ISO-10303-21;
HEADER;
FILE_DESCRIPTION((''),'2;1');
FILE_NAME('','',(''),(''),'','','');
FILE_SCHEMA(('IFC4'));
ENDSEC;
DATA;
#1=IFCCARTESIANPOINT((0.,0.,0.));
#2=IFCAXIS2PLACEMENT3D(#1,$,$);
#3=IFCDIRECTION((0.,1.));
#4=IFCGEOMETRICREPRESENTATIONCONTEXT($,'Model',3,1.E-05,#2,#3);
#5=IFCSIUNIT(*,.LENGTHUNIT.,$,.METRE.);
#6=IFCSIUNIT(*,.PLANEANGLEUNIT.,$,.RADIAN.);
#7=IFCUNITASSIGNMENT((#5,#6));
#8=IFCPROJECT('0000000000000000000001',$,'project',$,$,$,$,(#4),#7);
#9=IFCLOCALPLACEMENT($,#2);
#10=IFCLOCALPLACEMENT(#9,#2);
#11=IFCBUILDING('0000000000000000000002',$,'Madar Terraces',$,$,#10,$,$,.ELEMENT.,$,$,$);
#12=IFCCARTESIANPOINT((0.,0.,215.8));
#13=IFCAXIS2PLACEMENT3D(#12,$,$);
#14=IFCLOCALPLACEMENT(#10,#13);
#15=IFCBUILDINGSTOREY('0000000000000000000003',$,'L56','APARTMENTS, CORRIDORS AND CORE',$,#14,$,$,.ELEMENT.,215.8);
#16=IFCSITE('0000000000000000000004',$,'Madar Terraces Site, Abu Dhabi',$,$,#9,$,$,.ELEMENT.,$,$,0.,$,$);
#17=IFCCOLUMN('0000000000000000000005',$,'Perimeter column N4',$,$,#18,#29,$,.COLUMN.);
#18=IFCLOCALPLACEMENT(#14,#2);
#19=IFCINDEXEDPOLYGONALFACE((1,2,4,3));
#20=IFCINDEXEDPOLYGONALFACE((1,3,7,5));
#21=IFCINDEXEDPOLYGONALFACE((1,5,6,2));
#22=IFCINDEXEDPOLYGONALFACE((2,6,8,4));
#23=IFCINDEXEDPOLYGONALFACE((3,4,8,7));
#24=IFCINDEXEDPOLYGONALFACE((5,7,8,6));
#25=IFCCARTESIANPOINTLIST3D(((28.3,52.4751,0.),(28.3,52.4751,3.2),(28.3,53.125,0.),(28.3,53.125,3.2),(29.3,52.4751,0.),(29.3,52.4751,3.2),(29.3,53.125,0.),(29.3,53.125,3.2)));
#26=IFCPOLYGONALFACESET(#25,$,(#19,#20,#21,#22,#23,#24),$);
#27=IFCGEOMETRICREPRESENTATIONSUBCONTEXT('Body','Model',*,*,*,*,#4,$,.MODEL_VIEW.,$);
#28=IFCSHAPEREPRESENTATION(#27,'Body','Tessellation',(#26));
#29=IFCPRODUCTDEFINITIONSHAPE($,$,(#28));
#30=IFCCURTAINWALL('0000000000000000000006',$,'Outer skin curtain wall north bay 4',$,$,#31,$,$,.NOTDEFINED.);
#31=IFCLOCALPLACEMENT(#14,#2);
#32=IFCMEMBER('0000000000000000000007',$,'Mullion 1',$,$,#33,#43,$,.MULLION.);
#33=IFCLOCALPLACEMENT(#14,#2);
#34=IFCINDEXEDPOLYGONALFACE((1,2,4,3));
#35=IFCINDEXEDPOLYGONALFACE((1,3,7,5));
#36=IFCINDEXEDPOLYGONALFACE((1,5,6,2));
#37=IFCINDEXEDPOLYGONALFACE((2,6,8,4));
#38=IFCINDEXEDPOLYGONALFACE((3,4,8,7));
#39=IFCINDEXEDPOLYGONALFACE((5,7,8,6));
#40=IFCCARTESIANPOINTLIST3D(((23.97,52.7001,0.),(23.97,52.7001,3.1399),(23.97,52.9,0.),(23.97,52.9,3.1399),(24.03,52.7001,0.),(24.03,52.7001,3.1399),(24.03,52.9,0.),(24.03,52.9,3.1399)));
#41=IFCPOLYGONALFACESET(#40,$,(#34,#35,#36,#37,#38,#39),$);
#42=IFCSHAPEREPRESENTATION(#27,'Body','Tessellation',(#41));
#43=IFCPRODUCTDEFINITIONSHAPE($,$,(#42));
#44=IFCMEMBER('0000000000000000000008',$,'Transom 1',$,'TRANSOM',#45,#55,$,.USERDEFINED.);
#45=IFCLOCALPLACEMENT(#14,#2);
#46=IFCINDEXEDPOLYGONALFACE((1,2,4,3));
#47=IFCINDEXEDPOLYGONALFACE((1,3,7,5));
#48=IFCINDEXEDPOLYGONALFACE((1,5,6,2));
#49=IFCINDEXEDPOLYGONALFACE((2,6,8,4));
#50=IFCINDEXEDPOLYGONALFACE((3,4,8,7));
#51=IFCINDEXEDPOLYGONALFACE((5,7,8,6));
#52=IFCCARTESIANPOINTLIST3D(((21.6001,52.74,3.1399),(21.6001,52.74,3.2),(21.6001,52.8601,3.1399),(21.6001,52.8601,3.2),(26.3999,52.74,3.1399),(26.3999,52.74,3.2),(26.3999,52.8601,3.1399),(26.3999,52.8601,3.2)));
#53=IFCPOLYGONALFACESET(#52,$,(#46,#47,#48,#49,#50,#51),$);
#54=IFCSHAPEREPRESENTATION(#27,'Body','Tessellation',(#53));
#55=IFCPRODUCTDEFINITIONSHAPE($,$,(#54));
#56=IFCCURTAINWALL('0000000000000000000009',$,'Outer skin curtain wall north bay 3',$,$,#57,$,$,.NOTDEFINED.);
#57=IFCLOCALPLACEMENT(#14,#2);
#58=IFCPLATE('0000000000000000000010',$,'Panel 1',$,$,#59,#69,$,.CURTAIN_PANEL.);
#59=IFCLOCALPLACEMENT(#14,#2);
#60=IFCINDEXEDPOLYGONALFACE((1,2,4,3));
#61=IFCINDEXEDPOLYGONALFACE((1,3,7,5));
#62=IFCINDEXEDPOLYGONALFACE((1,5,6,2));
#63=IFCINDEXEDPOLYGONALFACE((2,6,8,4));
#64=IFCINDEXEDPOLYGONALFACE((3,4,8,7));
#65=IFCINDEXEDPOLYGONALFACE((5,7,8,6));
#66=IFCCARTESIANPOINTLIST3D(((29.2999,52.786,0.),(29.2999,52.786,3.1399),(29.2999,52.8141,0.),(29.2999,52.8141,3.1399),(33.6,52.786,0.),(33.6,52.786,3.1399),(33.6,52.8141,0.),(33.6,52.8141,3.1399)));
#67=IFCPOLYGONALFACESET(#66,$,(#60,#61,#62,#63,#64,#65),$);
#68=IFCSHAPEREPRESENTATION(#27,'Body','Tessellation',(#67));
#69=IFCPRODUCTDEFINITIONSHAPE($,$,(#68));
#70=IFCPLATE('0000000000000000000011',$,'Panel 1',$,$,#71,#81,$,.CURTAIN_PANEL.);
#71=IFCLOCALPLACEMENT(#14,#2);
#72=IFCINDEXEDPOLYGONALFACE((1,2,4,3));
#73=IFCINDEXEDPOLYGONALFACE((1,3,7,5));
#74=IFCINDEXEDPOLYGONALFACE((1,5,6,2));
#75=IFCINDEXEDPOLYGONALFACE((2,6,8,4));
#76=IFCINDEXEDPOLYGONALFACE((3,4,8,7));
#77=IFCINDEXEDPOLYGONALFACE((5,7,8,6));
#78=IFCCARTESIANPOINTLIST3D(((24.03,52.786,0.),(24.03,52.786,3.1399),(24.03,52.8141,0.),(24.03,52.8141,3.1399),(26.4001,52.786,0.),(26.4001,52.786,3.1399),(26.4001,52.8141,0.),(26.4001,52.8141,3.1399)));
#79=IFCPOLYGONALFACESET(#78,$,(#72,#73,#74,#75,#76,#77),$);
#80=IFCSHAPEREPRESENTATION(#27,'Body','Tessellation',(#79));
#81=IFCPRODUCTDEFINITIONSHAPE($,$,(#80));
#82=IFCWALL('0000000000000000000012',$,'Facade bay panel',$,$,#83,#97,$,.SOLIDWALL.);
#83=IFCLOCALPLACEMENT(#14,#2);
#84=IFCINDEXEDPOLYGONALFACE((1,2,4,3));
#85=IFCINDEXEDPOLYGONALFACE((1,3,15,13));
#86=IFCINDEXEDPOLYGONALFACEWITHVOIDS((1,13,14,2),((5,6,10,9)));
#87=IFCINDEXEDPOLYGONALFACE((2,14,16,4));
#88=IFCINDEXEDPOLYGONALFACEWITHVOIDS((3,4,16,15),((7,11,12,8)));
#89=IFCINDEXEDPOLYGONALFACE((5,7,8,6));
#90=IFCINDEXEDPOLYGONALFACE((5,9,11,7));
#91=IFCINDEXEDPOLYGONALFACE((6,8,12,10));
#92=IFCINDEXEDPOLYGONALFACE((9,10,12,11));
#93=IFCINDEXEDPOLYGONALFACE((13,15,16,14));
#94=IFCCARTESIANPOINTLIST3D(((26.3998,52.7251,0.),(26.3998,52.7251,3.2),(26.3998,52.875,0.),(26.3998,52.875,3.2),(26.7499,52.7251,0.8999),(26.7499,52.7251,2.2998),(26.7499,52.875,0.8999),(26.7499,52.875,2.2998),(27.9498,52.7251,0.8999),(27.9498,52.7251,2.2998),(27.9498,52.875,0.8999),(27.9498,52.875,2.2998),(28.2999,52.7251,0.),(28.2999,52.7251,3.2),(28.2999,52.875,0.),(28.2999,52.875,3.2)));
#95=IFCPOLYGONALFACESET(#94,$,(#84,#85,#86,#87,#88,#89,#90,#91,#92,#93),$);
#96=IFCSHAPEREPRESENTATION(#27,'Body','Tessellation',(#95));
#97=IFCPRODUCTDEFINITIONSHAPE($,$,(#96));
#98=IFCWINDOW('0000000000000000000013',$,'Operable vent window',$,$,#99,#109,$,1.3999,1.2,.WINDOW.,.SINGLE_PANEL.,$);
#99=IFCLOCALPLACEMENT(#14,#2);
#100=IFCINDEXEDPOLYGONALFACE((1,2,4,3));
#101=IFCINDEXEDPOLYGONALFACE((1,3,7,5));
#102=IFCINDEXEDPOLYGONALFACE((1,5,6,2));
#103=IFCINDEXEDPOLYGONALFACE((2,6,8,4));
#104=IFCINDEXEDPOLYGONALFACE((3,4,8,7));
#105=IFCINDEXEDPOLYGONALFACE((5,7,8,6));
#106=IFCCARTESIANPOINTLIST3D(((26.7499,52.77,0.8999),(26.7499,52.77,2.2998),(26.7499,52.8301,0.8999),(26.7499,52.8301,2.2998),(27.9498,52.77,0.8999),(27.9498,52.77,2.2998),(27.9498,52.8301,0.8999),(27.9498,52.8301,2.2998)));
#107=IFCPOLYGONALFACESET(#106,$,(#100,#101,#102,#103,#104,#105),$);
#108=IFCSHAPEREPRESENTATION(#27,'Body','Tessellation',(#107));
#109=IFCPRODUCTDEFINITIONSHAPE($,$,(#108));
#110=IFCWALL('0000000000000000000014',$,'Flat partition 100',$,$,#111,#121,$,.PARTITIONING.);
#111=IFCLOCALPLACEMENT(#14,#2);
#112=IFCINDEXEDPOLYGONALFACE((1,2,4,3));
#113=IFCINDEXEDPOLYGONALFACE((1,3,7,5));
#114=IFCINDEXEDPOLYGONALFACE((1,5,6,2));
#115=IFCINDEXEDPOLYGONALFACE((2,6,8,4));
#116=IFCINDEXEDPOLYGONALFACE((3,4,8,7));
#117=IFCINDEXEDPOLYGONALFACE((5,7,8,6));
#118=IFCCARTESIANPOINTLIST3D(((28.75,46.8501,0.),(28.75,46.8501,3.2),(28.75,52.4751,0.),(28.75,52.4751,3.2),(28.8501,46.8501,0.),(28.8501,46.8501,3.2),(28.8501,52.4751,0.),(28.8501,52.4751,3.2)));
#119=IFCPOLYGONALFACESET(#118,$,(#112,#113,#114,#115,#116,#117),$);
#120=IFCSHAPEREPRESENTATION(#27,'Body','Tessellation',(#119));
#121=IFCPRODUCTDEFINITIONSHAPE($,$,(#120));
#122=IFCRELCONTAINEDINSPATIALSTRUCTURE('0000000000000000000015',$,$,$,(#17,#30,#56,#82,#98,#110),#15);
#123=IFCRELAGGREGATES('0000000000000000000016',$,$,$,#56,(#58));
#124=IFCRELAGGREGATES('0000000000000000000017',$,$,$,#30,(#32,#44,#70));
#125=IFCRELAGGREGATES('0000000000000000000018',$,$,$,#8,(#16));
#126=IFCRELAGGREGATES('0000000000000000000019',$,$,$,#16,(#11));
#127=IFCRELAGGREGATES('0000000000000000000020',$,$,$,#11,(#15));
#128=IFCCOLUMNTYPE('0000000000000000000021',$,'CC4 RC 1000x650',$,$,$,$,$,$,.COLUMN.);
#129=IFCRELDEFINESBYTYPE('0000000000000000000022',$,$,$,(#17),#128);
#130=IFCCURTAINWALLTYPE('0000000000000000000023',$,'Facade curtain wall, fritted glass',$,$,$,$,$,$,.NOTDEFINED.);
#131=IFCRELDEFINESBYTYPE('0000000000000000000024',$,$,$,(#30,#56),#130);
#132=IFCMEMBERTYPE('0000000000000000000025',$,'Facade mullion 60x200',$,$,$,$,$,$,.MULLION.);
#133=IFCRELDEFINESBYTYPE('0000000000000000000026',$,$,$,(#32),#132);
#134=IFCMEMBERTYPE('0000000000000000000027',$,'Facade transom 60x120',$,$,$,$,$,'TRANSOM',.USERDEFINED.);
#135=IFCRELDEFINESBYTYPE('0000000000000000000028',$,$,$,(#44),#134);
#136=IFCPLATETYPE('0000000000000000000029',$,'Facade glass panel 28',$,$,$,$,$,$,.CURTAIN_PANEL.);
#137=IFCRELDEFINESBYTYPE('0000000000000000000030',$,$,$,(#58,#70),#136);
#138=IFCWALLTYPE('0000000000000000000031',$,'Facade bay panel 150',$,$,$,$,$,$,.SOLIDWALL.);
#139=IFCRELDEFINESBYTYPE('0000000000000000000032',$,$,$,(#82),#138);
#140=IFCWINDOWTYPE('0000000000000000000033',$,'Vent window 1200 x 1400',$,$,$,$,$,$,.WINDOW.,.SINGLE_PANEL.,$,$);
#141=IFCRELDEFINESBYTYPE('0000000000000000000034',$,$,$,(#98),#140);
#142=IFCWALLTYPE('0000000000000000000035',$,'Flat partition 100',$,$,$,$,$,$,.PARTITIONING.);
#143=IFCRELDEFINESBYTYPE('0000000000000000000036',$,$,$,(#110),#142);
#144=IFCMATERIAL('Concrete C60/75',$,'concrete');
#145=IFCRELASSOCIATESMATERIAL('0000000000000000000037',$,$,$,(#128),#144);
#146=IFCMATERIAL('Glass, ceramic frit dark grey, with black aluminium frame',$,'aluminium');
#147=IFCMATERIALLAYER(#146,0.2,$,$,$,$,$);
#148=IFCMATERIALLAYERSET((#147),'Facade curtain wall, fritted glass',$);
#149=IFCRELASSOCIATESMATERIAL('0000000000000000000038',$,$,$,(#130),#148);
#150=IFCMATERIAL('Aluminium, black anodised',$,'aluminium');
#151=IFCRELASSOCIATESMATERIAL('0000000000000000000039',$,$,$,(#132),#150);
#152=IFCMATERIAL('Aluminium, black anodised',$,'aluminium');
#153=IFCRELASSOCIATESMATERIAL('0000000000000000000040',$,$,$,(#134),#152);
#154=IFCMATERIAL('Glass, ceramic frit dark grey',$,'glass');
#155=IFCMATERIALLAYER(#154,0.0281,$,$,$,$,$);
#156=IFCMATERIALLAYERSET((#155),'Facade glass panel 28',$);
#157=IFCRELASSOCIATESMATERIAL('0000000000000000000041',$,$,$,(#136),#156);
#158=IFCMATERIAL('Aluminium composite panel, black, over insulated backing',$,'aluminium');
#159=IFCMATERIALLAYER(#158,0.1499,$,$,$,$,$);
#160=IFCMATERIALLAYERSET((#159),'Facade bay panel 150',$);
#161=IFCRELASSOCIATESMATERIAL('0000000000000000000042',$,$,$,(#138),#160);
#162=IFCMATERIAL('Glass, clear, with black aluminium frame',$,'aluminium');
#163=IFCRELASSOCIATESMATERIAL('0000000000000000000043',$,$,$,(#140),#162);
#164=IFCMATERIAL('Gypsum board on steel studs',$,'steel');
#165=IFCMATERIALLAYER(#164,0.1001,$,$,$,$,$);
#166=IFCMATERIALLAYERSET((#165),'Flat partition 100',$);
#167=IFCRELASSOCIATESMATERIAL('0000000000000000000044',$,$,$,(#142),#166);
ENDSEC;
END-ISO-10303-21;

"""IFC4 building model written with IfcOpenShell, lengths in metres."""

from ifc_helpers import new_model, si_unit, direction, frame, frame_2d, origin, origin_2d, place, context, subcontext, project, spatial, rectangle, extrude, material, layer, layer_set, material_profile, profile_set, type_object, element, fill, aggregate, save


model = new_model("IFC4")

# Units and contexts
model_context = context("Model", 3, precision=1e-05, world=origin(), true_north=direction((0.0, 1.0)))
body_context = subcontext(model_context, "Body", "Model", "MODEL_VIEW")
ifc_project = project(units=[si_unit("LENGTHUNIT", "METRE"), si_unit("PLANEANGLEUNIT", "RADIAN")], contexts=[model_context])

# Site, building, storey
site_placement = place(None, origin())
site = spatial("IfcSite", under=ifc_project, at=site_placement, Name="Madar Terraces Site, Abu Dhabi", CompositionType="ELEMENT", RefElevation=0.0)
building_placement = place(site_placement, origin())
building = spatial("IfcBuilding", under=site, at=building_placement, Name="Madar Terraces", CompositionType="ELEMENT")
storey_placement = place(building_placement, frame((0.0, 0.0, 215.8)))
storey = spatial("IfcBuildingStorey", under=building, at=storey_placement, Name="L56", Description="APARTMENTS, CORRIDORS AND CORE", CompositionType="ELEMENT", Elevation=215.8)

# Column
ifc_material_1 = material(Name="Concrete C60/75", Category="concrete")
ifc_material_profile_1 = material_profile(ifc_material_1, rectangle(XDim=1.0, YDim=0.6499, at=origin_2d()), Name="CC4 RC 1000x650")
ifc_profile_set_1 = profile_set([ifc_material_profile_1], Name="Concrete C60/75")
column_type = type_object("IfcColumnType", Name="CC4 RC 1000x650", PredefinedType="COLUMN", material=ifc_profile_set_1)
column_placement = place(storey_placement, frame((28.8, 52.8, 0.0), z_axis=(0.0, 0.0, 1.0), x_axis=(1.0, 0.0, 0.0)))
element("IfcColumn", 1, at=column_placement, inside=storey, type_object=column_type, Name="Perimeter column N4", PredefinedType="COLUMN", context=body_context, shape_type="SweptSolid", body=[
    extrude(rectangle(XDim=1.0, YDim=0.6499, at=origin_2d()), origin(), (0.0, 0.0, 1.0), 3.2),
])

# Curtain wall, members
ifc_material_2 = material(Name="Glass, ceramic frit dark grey, with black aluminium frame", Category="aluminium")
ifc_layer_1 = layer(ifc_material_2, 0.2)
ifc_layer_set_1 = layer_set([ifc_layer_1], Name="Facade curtain wall, fritted glass")
curtain_wall_type = type_object("IfcCurtainWallType", Name="Facade curtain wall, fritted glass", PredefinedType="NOTDEFINED", material=ifc_layer_set_1)
curtain_wall_1_placement = place(storey_placement, origin())
curtain_wall_1 = element("IfcCurtainWall", 2, at=curtain_wall_1_placement, inside=storey, type_object=curtain_wall_type, Name="Outer skin curtain wall north bay 4", PredefinedType="NOTDEFINED")
ifc_material_3 = material(Name="Aluminium, black anodised", Category="aluminium")
ifc_material_profile_2 = material_profile(ifc_material_3, rectangle(XDim=0.2, YDim=0.0601, at=origin_2d()), Name="Facade mullion 60x200")
ifc_profile_set_2 = profile_set([ifc_material_profile_2], Name="Aluminium, black anodised")
member_type_1 = type_object("IfcMemberType", Name="Facade mullion 60x200", PredefinedType="MULLION", material=ifc_profile_set_2)
member_1_placement = place(storey_placement, frame((24.0, 52.8, 0.0), z_axis=(0.0, 0.0, 1.0), x_axis=(0.0, -1.0, 0.0)))
member_1 = element("IfcMember", 3, at=member_1_placement, type_object=member_type_1, Name="Mullion 1", PredefinedType="MULLION", context=body_context, shape_type="SweptSolid", body=[
    extrude(rectangle(XDim=0.2, YDim=0.0601, at=origin_2d()), origin(), (0.0, 0.0, 1.0), 3.1399),
])
ifc_material_4 = material(Name="Aluminium, black anodised", Category="aluminium")
ifc_material_profile_3 = material_profile(ifc_material_4, rectangle(XDim=0.1201, YDim=0.0601, at=origin_2d()), Name="Facade transom 60x120")
ifc_profile_set_3 = profile_set([ifc_material_profile_3], Name="Aluminium, black anodised")
member_type_2 = type_object("IfcMemberType", Name="Facade transom 60x120", ElementType="TRANSOM", PredefinedType="USERDEFINED", material=ifc_profile_set_3)
member_2_placement = place(storey_placement, frame((26.3999, 52.8, 3.1699), z_axis=(-1.0, 0.0, 0.0), x_axis=(0.0, -1.0, 0.0)))
member_2 = element("IfcMember", 4, at=member_2_placement, type_object=member_type_2, Name="Transom 1", ObjectType="TRANSOM", PredefinedType="USERDEFINED", context=body_context, shape_type="SweptSolid", body=[
    extrude(rectangle(XDim=0.1201, YDim=0.0601, at=origin_2d()), origin(), (0.0, 0.0, 1.0), 4.7998),
])

# Curtain wall, plate
curtain_wall_2_placement = place(storey_placement, origin())
curtain_wall_2 = element("IfcCurtainWall", 5, at=curtain_wall_2_placement, inside=storey, type_object=curtain_wall_type, Name="Outer skin curtain wall north bay 3", PredefinedType="NOTDEFINED")
ifc_material_5 = material(Name="Glass, ceramic frit dark grey", Category="glass")
ifc_layer_2 = layer(ifc_material_5, 0.0281)
ifc_layer_set_2 = layer_set([ifc_layer_2], Name="Facade glass panel 28")
plate_type = type_object("IfcPlateType", Name="Facade glass panel 28", PredefinedType="CURTAIN_PANEL", material=ifc_layer_set_2)
plate_1_placement = place(storey_placement, frame((31.45, 52.8, 0.0), z_axis=(0.0, 0.0, 1.0), x_axis=(-1.0, 0.0, 0.0)))
plate_1 = element("IfcPlate", 6, at=plate_1_placement, type_object=plate_type, Name="Panel 1", PredefinedType="CURTAIN_PANEL", context=body_context, shape_type="SweptSolid", body=[
    extrude(rectangle(XDim=4.3, YDim=0.0281, at=origin_2d()), origin(), (0.0, 0.0, 1.0), 3.1399),
])
aggregate(curtain_wall_2, [plate_1])

# Plate
plate_2_placement = place(storey_placement, frame((25.2151, 52.8, 0.0), z_axis=(0.0, 0.0, 1.0), x_axis=(-1.0, 0.0, 0.0)))
plate_2 = element("IfcPlate", 7, at=plate_2_placement, type_object=plate_type, Name="Panel 1", PredefinedType="CURTAIN_PANEL", context=body_context, shape_type="SweptSolid", body=[
    extrude(rectangle(XDim=2.3701, YDim=0.0281, at=origin_2d()), origin(), (0.0, 0.0, 1.0), 3.1399),
])
aggregate(curtain_wall_1, [member_1, member_2, plate_2])

# Wall, opening, window
ifc_material_6 = material(Name="Aluminium composite panel, black, over insulated backing", Category="aluminium")
ifc_layer_3 = layer(ifc_material_6, 0.1499)
ifc_layer_set_3 = layer_set([ifc_layer_3], Name="Facade bay panel 150")
wall_type_1 = type_object("IfcWallType", Name="Facade bay panel 150", PredefinedType="SOLIDWALL", material=ifc_layer_set_3)
wall_1_placement = place(storey_placement, frame((28.3, 52.8, 0.0), z_axis=(0.0, 0.0, 1.0), x_axis=(-1.0, 0.0, 0.0)))
wall_1 = element("IfcWall", 8, at=wall_1_placement, inside=storey, type_object=wall_type_1, Name="Facade bay panel", PredefinedType="SOLIDWALL", context=body_context, shape_type="SweptSolid", body=[
    extrude(rectangle(XDim=1.9001, YDim=0.1499, at=frame_2d((0.9502, 0.0))), origin(), (0.0, 0.0, 1.0), 3.2),
])
opening_1_placement = place(wall_1_placement, frame((0.3501, 0.0, 0.8999)))
opening_1 = element("IfcOpeningElement", 9, at=opening_1_placement, cuts=wall_1, PredefinedType="OPENING", context=body_context, shape_type="SweptSolid", body=[
    extrude(rectangle(XDim=1.2, YDim=1.3999, at=frame_2d((0.6001, 0.7))), frame((0.0, 0.085, 0.0), z_axis=(0.0, -1.0, 0.0), x_axis=(1.0, 0.0, 0.0)), (0.0, 0.0, 1.0), 0.1699),
])
ifc_material_7 = material(Name="Glass, clear, with black aluminium frame", Category="aluminium")
window_type = type_object("IfcWindowType", Name="Vent window 1200 x 1400", PartitioningType="SINGLE_PANEL", PredefinedType="WINDOW", material=ifc_material_7)
window_placement = place(opening_1_placement, origin())
window = element("IfcWindow", 10, at=window_placement, inside=storey, type_object=window_type, Name="Operable vent window", OverallHeight=1.3999, OverallWidth=1.2, PartitioningType="SINGLE_PANEL", PredefinedType="WINDOW", context=body_context, shape_type="SweptSolid", body=[
    extrude(rectangle(XDim=1.2, YDim=1.3999, at=frame_2d((0.6001, 0.7))), frame((0.0, 0.03, 0.0), z_axis=(0.0, -1.0, 0.0), x_axis=(1.0, 0.0, 0.0)), (0.0, 0.0, 1.0), 0.0601),
])
fill(opening_1, window)

# Wall
ifc_material_8 = material(Name="Gypsum board on steel studs", Category="steel")
ifc_layer_4 = layer(ifc_material_8, 0.1001)
ifc_layer_set_4 = layer_set([ifc_layer_4], Name="Flat partition 100")
wall_type_2 = type_object("IfcWallType", Name="Flat partition 100", PredefinedType="PARTITIONING", material=ifc_layer_set_4)
wall_2_placement = place(storey_placement, frame((28.8, 46.8501, 0.0), z_axis=(0.0, 0.0, 1.0), x_axis=(0.0, 1.0, 0.0)))
element("IfcWall", 11, at=wall_2_placement, inside=storey, type_object=wall_type_2, Name="Flat partition 100", PredefinedType="PARTITIONING", context=body_context, shape_type="SweptSolid", body=[
    extrude(rectangle(XDim=5.625, YDim=0.1001, at=frame_2d((2.8125, 0.0))), origin(), (0.0, 0.0, 1.0), 3.2),
])

save(model, "model.ifc")
